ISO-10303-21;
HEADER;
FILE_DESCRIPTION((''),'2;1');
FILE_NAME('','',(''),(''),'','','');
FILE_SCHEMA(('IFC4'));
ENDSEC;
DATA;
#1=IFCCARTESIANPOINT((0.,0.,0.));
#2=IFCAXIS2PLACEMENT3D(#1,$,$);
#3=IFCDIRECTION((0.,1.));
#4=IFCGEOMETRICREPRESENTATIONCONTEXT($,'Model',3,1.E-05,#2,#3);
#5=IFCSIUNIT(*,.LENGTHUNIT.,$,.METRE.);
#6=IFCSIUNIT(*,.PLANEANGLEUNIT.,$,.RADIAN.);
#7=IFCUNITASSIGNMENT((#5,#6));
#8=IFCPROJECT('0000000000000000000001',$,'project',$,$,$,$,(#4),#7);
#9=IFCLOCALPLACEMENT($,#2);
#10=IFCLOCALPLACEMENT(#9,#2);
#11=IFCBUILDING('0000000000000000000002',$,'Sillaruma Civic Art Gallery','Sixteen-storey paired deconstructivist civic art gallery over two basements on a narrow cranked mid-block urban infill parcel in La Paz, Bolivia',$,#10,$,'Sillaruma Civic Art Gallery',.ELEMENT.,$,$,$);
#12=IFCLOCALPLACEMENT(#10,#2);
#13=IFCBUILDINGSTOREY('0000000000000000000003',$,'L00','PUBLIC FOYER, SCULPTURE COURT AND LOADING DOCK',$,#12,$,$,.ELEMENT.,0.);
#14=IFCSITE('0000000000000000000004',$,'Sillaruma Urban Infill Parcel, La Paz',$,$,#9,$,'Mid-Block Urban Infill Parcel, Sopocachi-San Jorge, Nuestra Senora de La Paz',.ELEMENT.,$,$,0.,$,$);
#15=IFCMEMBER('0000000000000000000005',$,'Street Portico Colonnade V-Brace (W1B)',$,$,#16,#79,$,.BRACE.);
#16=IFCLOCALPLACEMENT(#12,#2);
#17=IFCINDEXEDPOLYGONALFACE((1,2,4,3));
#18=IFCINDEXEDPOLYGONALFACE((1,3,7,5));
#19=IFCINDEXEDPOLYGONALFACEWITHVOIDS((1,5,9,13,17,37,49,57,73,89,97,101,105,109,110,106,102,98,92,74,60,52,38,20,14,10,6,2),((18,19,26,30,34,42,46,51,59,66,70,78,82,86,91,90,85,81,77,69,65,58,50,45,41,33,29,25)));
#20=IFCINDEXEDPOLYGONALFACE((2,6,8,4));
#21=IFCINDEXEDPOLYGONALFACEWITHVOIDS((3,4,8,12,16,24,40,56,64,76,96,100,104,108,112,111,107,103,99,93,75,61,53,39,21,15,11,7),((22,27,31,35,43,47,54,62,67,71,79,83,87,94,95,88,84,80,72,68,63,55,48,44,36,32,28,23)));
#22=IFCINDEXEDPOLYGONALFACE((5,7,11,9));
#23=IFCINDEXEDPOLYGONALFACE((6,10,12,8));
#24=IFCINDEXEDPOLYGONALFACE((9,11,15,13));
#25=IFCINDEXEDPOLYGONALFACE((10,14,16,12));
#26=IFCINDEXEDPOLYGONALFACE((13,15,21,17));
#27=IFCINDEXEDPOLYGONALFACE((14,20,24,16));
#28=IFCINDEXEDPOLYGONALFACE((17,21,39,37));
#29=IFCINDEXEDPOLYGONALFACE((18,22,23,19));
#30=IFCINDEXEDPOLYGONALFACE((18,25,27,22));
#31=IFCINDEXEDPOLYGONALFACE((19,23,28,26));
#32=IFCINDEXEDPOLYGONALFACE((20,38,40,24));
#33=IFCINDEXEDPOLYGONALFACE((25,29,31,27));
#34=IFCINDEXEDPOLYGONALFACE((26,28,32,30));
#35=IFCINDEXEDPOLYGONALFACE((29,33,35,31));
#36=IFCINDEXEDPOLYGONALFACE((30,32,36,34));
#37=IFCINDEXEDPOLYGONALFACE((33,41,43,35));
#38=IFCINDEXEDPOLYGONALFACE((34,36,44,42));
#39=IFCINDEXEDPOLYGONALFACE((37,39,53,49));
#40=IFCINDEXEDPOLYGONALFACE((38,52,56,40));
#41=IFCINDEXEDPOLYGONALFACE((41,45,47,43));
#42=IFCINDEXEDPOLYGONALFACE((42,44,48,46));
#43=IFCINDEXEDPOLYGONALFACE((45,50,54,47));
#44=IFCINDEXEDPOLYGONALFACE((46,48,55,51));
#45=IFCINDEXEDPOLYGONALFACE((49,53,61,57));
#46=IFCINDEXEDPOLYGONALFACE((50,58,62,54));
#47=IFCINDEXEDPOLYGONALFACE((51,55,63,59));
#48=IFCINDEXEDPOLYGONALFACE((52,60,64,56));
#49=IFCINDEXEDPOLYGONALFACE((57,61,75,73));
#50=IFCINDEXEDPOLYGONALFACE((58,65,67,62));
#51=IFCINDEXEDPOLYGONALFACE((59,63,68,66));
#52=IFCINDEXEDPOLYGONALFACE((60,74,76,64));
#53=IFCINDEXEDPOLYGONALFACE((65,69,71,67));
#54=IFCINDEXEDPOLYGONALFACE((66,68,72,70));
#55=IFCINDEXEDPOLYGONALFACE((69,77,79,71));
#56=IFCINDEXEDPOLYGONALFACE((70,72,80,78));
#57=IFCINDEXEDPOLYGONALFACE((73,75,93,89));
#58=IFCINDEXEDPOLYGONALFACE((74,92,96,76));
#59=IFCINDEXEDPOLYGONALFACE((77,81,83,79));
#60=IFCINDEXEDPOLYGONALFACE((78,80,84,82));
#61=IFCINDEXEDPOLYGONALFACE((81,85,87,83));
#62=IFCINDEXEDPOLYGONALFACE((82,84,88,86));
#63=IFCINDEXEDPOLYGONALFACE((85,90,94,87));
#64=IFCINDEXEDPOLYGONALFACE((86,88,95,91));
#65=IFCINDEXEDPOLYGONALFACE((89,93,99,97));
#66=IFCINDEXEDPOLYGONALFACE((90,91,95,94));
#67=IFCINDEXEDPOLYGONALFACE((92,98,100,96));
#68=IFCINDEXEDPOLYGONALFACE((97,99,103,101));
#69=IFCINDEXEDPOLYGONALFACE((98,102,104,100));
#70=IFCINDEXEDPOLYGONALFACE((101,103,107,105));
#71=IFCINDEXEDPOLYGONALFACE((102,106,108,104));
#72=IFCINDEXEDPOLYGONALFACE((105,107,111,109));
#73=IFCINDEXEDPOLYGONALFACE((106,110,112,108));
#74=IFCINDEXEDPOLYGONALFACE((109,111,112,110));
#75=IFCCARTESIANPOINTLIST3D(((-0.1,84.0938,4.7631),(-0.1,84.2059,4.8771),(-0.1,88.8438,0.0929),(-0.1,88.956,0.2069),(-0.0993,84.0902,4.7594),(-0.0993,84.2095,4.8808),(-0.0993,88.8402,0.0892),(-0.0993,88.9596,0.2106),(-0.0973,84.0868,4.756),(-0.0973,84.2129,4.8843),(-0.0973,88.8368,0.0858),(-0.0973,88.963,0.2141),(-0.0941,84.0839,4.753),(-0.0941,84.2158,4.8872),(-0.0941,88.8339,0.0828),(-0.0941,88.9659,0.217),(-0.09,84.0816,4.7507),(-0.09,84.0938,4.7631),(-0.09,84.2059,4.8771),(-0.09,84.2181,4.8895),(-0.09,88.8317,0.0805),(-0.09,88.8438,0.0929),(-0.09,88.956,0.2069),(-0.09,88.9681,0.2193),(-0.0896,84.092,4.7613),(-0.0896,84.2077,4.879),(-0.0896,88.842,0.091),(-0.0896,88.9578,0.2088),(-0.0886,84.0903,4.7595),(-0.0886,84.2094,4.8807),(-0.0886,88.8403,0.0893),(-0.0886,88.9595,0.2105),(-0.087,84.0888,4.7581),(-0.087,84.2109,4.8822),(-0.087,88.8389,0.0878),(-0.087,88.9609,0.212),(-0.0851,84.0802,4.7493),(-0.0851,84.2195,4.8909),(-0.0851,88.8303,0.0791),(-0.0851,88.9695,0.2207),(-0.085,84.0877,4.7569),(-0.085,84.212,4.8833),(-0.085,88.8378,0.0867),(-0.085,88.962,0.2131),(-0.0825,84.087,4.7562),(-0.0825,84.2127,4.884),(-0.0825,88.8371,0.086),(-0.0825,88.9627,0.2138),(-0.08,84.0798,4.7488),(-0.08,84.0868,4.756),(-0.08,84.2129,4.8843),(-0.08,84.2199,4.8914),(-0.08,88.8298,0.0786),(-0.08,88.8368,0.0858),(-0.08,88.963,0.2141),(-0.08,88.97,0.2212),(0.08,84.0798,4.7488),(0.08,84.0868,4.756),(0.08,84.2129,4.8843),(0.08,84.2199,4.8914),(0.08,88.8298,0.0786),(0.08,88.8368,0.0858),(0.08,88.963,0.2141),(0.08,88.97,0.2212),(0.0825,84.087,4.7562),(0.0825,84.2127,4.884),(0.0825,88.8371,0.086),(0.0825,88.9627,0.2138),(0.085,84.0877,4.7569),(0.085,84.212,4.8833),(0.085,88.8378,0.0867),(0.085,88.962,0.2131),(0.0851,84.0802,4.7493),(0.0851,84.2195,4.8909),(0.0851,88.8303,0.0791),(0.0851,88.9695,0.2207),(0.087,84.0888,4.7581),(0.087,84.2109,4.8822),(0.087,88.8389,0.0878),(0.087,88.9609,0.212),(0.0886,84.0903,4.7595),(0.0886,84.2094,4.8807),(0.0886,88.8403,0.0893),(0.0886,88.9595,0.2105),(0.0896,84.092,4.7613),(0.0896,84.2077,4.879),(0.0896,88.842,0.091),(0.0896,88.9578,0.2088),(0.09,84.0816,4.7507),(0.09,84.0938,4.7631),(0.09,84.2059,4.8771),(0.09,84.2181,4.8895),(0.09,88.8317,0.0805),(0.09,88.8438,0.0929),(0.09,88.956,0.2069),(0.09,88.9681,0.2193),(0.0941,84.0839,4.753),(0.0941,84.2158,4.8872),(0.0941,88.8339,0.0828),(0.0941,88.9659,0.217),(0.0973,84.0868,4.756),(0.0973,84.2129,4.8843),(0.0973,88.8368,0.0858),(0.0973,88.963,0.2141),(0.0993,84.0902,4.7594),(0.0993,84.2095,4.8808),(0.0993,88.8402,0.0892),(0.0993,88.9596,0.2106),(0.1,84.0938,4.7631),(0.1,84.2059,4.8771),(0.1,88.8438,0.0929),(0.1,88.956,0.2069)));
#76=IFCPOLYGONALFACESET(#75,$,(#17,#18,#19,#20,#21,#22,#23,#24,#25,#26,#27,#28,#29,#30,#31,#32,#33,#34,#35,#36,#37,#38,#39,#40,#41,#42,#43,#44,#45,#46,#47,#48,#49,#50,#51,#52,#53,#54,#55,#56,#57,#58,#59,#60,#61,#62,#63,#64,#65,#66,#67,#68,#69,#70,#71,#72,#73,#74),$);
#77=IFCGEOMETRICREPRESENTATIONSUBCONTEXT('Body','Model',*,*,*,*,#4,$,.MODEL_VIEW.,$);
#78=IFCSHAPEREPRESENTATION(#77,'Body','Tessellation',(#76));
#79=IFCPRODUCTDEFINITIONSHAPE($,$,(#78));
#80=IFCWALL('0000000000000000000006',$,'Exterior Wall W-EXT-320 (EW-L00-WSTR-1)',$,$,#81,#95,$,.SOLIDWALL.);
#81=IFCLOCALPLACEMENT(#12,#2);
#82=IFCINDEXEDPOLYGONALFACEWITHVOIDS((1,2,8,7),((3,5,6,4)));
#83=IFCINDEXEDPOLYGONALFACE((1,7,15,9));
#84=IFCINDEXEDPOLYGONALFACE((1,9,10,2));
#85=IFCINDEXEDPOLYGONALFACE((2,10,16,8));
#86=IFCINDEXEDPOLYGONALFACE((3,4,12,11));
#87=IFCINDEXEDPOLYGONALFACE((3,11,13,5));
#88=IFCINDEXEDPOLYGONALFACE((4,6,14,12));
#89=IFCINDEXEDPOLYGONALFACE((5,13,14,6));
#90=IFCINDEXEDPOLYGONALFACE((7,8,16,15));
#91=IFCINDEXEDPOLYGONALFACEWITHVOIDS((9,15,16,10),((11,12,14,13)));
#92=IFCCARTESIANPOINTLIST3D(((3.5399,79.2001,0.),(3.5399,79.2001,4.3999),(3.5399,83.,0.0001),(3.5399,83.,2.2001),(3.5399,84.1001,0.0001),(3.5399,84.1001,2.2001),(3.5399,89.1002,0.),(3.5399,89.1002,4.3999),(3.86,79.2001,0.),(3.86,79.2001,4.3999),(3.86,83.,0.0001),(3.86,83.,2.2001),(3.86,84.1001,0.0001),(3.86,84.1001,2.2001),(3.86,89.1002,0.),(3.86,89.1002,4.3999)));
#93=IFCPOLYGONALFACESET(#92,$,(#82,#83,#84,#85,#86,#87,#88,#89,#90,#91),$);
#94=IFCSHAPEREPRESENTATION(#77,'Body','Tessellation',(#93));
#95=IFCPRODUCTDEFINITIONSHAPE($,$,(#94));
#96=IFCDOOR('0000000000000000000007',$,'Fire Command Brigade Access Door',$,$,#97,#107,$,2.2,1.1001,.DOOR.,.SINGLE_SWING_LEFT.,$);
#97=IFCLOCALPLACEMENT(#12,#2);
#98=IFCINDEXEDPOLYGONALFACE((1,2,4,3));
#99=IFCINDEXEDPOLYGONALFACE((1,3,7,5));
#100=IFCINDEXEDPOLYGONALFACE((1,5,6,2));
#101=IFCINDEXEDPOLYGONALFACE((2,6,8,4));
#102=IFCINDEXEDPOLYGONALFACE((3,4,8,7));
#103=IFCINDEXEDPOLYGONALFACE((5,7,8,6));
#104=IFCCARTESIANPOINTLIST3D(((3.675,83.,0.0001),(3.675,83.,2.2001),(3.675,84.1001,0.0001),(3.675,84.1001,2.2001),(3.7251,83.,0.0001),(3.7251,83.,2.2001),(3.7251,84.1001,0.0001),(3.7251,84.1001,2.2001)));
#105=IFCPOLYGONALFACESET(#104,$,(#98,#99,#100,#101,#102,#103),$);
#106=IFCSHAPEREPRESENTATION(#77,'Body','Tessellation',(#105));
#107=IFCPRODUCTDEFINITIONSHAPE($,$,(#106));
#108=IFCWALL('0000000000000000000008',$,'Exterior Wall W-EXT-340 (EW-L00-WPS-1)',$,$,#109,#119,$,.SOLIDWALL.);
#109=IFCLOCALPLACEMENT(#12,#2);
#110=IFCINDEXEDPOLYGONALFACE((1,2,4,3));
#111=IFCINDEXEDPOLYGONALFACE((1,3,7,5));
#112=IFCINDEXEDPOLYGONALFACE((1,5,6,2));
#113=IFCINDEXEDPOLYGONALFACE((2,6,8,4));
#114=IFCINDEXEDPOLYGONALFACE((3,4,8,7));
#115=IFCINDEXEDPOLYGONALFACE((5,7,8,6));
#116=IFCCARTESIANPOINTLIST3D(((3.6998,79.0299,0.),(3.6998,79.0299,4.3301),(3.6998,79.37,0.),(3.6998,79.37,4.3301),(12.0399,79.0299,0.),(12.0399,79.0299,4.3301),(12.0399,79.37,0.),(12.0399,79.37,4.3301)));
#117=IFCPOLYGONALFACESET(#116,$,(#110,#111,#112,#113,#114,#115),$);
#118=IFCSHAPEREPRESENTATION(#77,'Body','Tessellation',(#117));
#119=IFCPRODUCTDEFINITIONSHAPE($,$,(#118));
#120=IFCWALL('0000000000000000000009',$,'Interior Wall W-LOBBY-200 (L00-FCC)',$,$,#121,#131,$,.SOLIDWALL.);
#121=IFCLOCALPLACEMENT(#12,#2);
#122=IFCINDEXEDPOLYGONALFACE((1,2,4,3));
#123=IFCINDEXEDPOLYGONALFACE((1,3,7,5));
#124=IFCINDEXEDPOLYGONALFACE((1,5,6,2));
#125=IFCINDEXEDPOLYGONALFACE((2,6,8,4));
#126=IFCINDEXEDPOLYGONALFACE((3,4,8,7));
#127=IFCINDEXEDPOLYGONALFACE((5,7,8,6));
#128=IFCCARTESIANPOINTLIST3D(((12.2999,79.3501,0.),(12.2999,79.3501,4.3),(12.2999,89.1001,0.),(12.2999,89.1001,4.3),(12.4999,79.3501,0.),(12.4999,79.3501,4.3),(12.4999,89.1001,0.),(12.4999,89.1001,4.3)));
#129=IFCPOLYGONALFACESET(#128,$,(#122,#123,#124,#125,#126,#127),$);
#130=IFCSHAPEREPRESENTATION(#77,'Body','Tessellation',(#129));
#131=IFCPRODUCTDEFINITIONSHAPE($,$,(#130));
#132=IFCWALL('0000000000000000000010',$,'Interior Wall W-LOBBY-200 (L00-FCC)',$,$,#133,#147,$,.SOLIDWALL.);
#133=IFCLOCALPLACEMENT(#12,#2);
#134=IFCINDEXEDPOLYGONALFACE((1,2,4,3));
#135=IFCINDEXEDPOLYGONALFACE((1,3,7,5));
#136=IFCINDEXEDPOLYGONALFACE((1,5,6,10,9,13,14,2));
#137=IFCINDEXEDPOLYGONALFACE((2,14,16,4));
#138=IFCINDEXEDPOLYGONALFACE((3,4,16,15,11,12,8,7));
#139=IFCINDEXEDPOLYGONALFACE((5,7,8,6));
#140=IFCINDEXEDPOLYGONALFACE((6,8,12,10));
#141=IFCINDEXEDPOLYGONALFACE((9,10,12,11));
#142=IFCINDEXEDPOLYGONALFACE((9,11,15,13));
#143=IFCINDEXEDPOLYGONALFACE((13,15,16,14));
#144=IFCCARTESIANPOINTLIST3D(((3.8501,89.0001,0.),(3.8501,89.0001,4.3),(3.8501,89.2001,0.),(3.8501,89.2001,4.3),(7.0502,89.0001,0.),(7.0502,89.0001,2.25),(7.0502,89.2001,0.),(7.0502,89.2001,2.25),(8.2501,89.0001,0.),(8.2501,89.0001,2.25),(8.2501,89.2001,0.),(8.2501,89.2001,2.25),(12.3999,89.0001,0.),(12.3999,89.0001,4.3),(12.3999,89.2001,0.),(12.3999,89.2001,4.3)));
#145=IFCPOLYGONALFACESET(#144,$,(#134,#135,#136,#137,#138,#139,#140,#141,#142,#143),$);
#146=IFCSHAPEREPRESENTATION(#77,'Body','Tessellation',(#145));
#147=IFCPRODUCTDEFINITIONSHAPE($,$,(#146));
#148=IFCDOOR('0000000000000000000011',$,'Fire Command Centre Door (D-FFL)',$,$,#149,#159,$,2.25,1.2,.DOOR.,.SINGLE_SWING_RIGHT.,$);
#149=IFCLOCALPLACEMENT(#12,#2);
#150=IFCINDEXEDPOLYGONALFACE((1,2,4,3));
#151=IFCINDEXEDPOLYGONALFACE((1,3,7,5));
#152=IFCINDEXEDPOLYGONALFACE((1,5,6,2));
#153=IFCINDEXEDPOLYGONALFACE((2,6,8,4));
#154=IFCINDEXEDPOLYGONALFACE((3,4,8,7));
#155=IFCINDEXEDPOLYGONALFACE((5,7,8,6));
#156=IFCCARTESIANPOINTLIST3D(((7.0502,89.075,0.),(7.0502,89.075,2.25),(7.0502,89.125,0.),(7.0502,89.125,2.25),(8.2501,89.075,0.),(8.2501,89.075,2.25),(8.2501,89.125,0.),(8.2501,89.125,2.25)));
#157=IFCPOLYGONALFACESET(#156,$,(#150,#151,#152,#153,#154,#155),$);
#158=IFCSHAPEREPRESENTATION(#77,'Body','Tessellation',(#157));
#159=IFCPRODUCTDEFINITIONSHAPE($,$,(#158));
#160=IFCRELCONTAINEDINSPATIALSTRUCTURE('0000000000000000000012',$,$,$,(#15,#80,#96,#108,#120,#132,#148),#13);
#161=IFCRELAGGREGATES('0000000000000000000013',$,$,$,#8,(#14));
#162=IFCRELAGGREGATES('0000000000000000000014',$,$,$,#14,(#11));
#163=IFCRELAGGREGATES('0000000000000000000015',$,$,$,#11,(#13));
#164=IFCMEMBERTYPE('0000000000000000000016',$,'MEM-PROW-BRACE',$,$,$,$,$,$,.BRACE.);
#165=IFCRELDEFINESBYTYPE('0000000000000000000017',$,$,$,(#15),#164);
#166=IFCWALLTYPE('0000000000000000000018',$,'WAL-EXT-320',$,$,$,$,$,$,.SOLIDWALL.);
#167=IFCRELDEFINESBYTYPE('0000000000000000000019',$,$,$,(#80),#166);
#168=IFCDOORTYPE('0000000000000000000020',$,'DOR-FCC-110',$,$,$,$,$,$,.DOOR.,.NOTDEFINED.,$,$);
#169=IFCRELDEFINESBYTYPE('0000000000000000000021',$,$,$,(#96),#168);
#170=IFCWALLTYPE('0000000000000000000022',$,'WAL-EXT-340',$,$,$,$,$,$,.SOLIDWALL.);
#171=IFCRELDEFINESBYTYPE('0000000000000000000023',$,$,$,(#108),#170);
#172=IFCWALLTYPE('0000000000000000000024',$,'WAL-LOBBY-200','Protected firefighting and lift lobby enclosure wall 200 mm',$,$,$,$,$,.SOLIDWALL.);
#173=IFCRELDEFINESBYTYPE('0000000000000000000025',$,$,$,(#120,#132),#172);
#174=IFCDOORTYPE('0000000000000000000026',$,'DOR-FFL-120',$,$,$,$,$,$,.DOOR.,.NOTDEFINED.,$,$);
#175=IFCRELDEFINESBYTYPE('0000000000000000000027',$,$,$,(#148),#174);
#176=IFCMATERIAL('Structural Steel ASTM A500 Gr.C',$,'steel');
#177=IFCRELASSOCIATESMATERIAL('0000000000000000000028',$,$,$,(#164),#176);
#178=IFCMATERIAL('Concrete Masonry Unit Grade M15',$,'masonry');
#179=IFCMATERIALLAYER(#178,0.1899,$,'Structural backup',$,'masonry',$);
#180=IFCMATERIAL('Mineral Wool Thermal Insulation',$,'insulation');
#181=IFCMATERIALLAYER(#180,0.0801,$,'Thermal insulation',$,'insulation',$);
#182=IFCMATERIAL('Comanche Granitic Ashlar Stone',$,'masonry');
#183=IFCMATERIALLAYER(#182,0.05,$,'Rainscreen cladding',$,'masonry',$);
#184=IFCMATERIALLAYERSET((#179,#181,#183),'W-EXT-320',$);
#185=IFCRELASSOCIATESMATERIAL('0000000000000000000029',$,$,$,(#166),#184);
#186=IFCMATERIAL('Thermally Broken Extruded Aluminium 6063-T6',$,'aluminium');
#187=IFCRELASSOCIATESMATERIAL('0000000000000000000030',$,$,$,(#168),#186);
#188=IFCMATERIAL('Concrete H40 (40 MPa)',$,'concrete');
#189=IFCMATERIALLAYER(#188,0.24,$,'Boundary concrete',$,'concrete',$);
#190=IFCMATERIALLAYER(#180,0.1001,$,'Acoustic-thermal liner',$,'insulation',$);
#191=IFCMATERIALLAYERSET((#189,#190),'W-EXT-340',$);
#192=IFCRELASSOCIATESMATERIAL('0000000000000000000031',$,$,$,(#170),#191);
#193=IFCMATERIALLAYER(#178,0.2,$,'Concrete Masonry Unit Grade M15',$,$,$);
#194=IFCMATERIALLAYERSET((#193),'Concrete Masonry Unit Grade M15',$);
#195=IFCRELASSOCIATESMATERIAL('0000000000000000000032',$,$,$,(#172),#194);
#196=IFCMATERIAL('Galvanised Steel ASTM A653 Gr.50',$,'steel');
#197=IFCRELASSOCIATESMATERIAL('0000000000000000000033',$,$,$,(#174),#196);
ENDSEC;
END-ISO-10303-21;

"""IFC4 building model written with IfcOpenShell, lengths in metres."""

from ifc_helpers import new_model, si_unit, direction, frame, frame_2d, origin, origin_2d, place, context, subcontext, project, spatial, rectangle, hollow_rectangle, extrude, material, layer, layer_set, material_profile, profile_set, type_object, element, fill, save


model = new_model("IFC4")

# Units and contexts
model_context = context("Model", 3, precision=1e-05, world=origin(), true_north=direction((0.0, 1.0)))
body_context = subcontext(model_context, "Body", "Model", "MODEL_VIEW")
ifc_project = project(units=[si_unit("LENGTHUNIT", "METRE"), si_unit("PLANEANGLEUNIT", "RADIAN")], contexts=[model_context])

# Site, building, storey
site_placement = place(None, origin())
site = spatial("IfcSite", under=ifc_project, at=site_placement, Name="Sillaruma Urban Infill Parcel, La Paz", LongName="Mid-Block Urban Infill Parcel, Sopocachi-San Jorge, Nuestra Senora de La Paz", CompositionType="ELEMENT", RefElevation=0.0)
building_placement = place(site_placement, origin())
building = spatial("IfcBuilding", under=site, at=building_placement, Name="Sillaruma Civic Art Gallery", Description="Sixteen-storey paired deconstructivist civic art gallery over two basements on a narrow cranked mid-block urban infill parcel in La Paz, Bolivia", LongName="Sillaruma Civic Art Gallery", CompositionType="ELEMENT")
storey_placement = place(building_placement, origin())
storey = spatial("IfcBuildingStorey", under=building, at=storey_placement, Name="L00", Description="PUBLIC FOYER, SCULPTURE COURT AND LOADING DOCK", CompositionType="ELEMENT", Elevation=0.0)

# Shared definitions
ifc_material_1 = material(Name="Concrete H40 (40 MPa)", Category="concrete")

# Member
ifc_material_2 = material(Name="Structural Steel ASTM A500 Gr.C", Category="steel")
ifc_material_profile_1 = material_profile(ifc_material_2, hollow_rectangle(XDim=0.2, YDim=0.2, WallThickness=0.01, InnerFilletRadius=0.01, OuterFilletRadius=0.02, at=origin_2d()), Name="HSS200x200x10")
ifc_profile_set_1 = profile_set([ifc_material_profile_1], Name="Structural Steel ASTM A500 Gr.C")
member_type = type_object("IfcMemberType", Name="MEM-PROW-BRACE", PredefinedType="BRACE", material=ifc_profile_set_1)
for number, where, z_axis, x_axis, name in (
    (1, (0.0, 88.8999, 0.1499), (0.0, -0.713074, 0.701089), (1.0, 0.0, 0.0), "Street Portico Colonnade V-Brace (W1B)"),
):
    element("IfcMember", number, at=place(storey_placement, frame(where, z_axis=z_axis, x_axis=x_axis)), inside=storey, type_object=member_type, Name=name, PredefinedType="BRACE", context=body_context, shape_type="SweptSolid", body=[
        extrude(hollow_rectangle(XDim=0.2, YDim=0.2, WallThickness=0.01, InnerFilletRadius=0.01, OuterFilletRadius=0.02, at=origin_2d()), origin(), (0.0, 0.0, 1.0), 6.6614),
    ])

# Wall, opening, door
ifc_material_3 = material(Name="Concrete Masonry Unit Grade M15", Category="masonry")
ifc_layer_1 = layer(ifc_material_3, 0.1899, Name="Structural backup", Category="masonry")
ifc_material_4 = material(Name="Mineral Wool Thermal Insulation", Category="insulation")
ifc_layer_2 = layer(ifc_material_4, 0.0801, Name="Thermal insulation", Category="insulation")
ifc_material_5 = material(Name="Comanche Granitic Ashlar Stone", Category="masonry")
ifc_layer_3 = layer(ifc_material_5, 0.05, Name="Rainscreen cladding", Category="masonry")
ifc_layer_set_1 = layer_set([ifc_layer_1, ifc_layer_2, ifc_layer_3], Name="W-EXT-320")
wall_type_1 = type_object("IfcWallType", Name="WAL-EXT-320", PredefinedType="SOLIDWALL", material=ifc_layer_set_1)
wall_1_placement = place(storey_placement, frame((3.7, 79.2, 0.0), z_axis=(0.0, 0.0, 1.0), x_axis=(0.0, 1.0, 0.0)))
wall_1 = element("IfcWall", 2, at=wall_1_placement, inside=storey, type_object=wall_type_1, Name="Exterior Wall W-EXT-320 (EW-L00-WSTR-1)", PredefinedType="SOLIDWALL", context=body_context, shape_type="SweptSolid", body=[
    extrude(rectangle(XDim=9.9001, YDim=0.3201, at=frame_2d((4.9502, 0.0))), origin(), (0.0, 0.0, 1.0), 4.3999),
])
opening_1_placement = place(wall_1_placement, frame((3.8, 0.0, 0.0)))
opening_1 = element("IfcOpeningElement", 3, at=opening_1_placement, cuts=wall_1, PredefinedType="OPENING", context=body_context, shape_type="SweptSolid", body=[
    extrude(rectangle(XDim=1.1001, YDim=2.2, at=frame_2d((0.55, 1.1001))), frame((0.0, 0.1699, 0.0), z_axis=(0.0, -1.0, 0.0), x_axis=(1.0, 0.0, 0.0)), (0.0, 0.0, 1.0), 0.3401),
])
ifc_material_6 = material(Name="Thermally Broken Extruded Aluminium 6063-T6", Category="aluminium")
door_type_1 = type_object("IfcDoorType", Name="DOR-FCC-110", OperationType="NOTDEFINED", PredefinedType="DOOR", material=ifc_material_6)
door_1_placement = place(opening_1_placement, origin())
door_1 = element("IfcDoor", 4, at=door_1_placement, inside=storey, type_object=door_type_1, Name="Fire Command Brigade Access Door", OperationType="SINGLE_SWING_LEFT", OverallHeight=2.2, OverallWidth=1.1001, PredefinedType="DOOR", context=body_context, shape_type="SweptSolid", body=[
    extrude(rectangle(XDim=1.1001, YDim=2.2, at=frame_2d((0.55, 1.1001))), frame((0.0, 0.0249, 0.0), z_axis=(0.0, -1.0, 0.0), x_axis=(1.0, 0.0, 0.0)), (0.0, 0.0, 1.0), 0.05),
])
fill(opening_1, door_1)

# Walls
ifc_layer_4 = layer(ifc_material_1, 0.24, Name="Boundary concrete", Category="concrete")
ifc_layer_5 = layer(ifc_material_4, 0.1001, Name="Acoustic-thermal liner", Category="insulation")
ifc_layer_set_2 = layer_set([ifc_layer_4, ifc_layer_5], Name="W-EXT-340")
wall_type_2 = type_object("IfcWallType", Name="WAL-EXT-340", PredefinedType="SOLIDWALL", material=ifc_layer_set_2)
wall_2_placement = place(storey_placement, frame((3.7, 79.2, 0.0), z_axis=(0.0, 0.0, 1.0), x_axis=(1.0, 0.0, 0.0)))
element("IfcWall", 5, at=wall_2_placement, inside=storey, type_object=wall_type_2, Name="Exterior Wall W-EXT-340 (EW-L00-WPS-1)", PredefinedType="SOLIDWALL", context=body_context, shape_type="SweptSolid", body=[
    extrude(rectangle(XDim=8.3401, YDim=0.3401, at=frame_2d((4.1699, 0.0))), origin(), (0.0, 0.0, 1.0), 4.3301),
])
ifc_layer_6 = layer(ifc_material_3, 0.2, Name="Concrete Masonry Unit Grade M15")
ifc_layer_set_3 = layer_set([ifc_layer_6], Name="Concrete Masonry Unit Grade M15")
wall_type_3 = type_object("IfcWallType", Name="WAL-LOBBY-200", Description="Protected firefighting and lift lobby enclosure wall 200 mm", PredefinedType="SOLIDWALL", material=ifc_layer_set_3)
wall_3_placement = place(storey_placement, frame((12.3999, 79.3501, 0.0), z_axis=(0.0, 0.0, 1.0), x_axis=(0.0, 1.0, 0.0)))
element("IfcWall", 6, at=wall_3_placement, inside=storey, type_object=wall_type_3, Name="Interior Wall W-LOBBY-200 (L00-FCC)", PredefinedType="SOLIDWALL", context=body_context, shape_type="SweptSolid", body=[
    extrude(rectangle(XDim=9.75, YDim=0.2, at=frame_2d((4.875, 0.0))), origin(), (0.0, 0.0, 1.0), 4.3),
])

# Wall, opening, door
wall_4_placement = place(storey_placement, frame((3.8501, 89.1001, 0.0), z_axis=(0.0, 0.0, 1.0), x_axis=(1.0, 0.0, 0.0)))
wall_4 = element("IfcWall", 7, at=wall_4_placement, inside=storey, type_object=wall_type_3, Name="Interior Wall W-LOBBY-200 (L00-FCC)", PredefinedType="SOLIDWALL", context=body_context, shape_type="SweptSolid", body=[
    extrude(rectangle(XDim=8.5498, YDim=0.2, at=frame_2d((4.2749, 0.0))), origin(), (0.0, 0.0, 1.0), 4.3),
])
opening_2_placement = place(wall_4_placement, frame((3.2, 0.0, 0.0)))
opening_2 = element("IfcOpeningElement", 8, at=opening_2_placement, cuts=wall_4, PredefinedType="OPENING", context=body_context, shape_type="SweptSolid", body=[
    extrude(rectangle(XDim=1.2, YDim=2.25, at=frame_2d((0.6001, 1.125))), frame((0.0, 0.1099, 0.0), z_axis=(0.0, -1.0, 0.0), x_axis=(1.0, 0.0, 0.0)), (0.0, 0.0, 1.0), 0.22),
])
ifc_material_7 = material(Name="Galvanised Steel ASTM A653 Gr.50", Category="steel")
door_type_2 = type_object("IfcDoorType", Name="DOR-FFL-120", OperationType="NOTDEFINED", PredefinedType="DOOR", material=ifc_material_7)
door_2_placement = place(opening_2_placement, origin())
door_2 = element("IfcDoor", 9, at=door_2_placement, inside=storey, type_object=door_type_2, Name="Fire Command Centre Door (D-FFL)", OperationType="SINGLE_SWING_RIGHT", OverallHeight=2.25, OverallWidth=1.2, PredefinedType="DOOR", context=body_context, shape_type="SweptSolid", body=[
    extrude(rectangle(XDim=1.2, YDim=2.25, at=frame_2d((0.6001, 1.125))), frame((0.0, 0.0249, 0.0), z_axis=(0.0, -1.0, 0.0), x_axis=(1.0, 0.0, 0.0)), (0.0, 0.0, 1.0), 0.05),
])
fill(opening_2, door_2)

save(model, "model.ifc")
